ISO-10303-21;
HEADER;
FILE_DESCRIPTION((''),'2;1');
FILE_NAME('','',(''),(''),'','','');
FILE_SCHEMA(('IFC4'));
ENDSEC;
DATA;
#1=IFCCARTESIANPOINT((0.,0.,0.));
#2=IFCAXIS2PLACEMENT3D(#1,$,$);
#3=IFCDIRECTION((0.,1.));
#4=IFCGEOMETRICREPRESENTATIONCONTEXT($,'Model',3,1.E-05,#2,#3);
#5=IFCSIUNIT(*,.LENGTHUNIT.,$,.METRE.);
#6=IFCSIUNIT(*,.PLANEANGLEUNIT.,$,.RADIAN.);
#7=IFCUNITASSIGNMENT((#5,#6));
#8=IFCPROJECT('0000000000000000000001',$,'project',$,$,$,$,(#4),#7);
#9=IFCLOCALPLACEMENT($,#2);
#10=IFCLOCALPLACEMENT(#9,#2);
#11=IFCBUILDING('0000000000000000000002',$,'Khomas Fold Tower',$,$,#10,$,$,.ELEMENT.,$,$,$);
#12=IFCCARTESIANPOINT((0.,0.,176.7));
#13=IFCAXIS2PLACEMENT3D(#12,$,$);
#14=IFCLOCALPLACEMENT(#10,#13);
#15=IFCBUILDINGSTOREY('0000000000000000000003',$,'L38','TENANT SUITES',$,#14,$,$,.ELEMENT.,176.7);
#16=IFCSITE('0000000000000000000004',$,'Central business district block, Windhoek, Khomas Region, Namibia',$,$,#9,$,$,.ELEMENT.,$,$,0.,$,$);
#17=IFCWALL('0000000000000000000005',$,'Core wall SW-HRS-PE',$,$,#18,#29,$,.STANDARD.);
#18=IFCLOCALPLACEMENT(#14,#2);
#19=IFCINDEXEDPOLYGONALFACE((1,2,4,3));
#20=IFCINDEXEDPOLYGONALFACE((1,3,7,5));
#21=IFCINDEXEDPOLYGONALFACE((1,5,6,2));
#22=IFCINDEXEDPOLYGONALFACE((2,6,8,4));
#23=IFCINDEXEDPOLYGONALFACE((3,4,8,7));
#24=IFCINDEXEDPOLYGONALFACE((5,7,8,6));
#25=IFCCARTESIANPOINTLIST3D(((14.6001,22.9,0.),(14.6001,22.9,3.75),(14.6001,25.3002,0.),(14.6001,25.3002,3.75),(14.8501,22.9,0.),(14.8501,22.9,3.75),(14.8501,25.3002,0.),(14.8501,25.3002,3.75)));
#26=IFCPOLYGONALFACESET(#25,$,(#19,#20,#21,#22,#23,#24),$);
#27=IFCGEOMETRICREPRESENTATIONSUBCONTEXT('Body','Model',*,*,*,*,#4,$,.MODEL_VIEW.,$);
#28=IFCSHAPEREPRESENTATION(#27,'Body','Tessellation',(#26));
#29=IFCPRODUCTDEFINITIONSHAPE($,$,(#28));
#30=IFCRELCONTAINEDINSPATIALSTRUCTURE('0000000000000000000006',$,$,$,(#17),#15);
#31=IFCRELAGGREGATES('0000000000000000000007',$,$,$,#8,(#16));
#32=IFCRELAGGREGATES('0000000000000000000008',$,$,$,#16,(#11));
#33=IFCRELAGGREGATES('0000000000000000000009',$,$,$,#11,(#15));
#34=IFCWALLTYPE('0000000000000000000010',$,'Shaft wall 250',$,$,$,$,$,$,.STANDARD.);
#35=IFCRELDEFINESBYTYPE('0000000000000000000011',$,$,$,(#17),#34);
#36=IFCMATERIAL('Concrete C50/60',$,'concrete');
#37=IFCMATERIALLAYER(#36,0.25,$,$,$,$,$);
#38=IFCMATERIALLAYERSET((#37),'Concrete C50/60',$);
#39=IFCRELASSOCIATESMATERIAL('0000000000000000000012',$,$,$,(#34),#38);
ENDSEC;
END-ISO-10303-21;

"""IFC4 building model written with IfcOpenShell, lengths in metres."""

from ifc_helpers import new_model, si_unit, direction, frame, frame_2d, origin, place, context, subcontext, project, spatial, rectangle, extrude, source, transform, mapped, material, layer, layer_set, type_object, element, save


model = new_model("IFC4")

# Units and contexts
model_context = context("Model", 3, precision=1e-05, world=origin(), true_north=direction((0.0, 1.0)))
body_context = subcontext(model_context, "Body", "Model", "MODEL_VIEW")
ifc_project = project(units=[si_unit("LENGTHUNIT", "METRE"), si_unit("PLANEANGLEUNIT", "RADIAN")], contexts=[model_context])

# Site, building, storey
site_placement = place(None, origin())
site = spatial("IfcSite", under=ifc_project, at=site_placement, Name="Central business district block, Windhoek, Khomas Region, Namibia", CompositionType="ELEMENT", RefElevation=0.0)
building_placement = place(site_placement, origin())
building = spatial("IfcBuilding", under=site, at=building_placement, Name="Khomas Fold Tower", CompositionType="ELEMENT")
storey_placement = place(building_placement, frame((0.0, 0.0, 176.7)))
storey = spatial("IfcBuildingStorey", under=building, at=storey_placement, Name="L38", Description="TENANT SUITES", CompositionType="ELEMENT", Elevation=176.7)

# Wall
ifc_material_1 = material(Name="Concrete C50/60", Category="concrete")
ifc_layer_1 = layer(ifc_material_1, 0.25)
ifc_layer_set_1 = layer_set([ifc_layer_1], Name="Concrete C50/60")
wall_type_1 = type_object("IfcWallType", Name="Shaft wall 250", PredefinedType="STANDARD", material=ifc_layer_set_1)
shared_shape_1 = source(origin(), body_context, "Body", "SweptSolid", [
    extrude(rectangle(XDim=2.4001, YDim=0.25, at=frame_2d((1.2002, 0.0))), origin(), (0.0, 0.0, 1.0), 3.75),
])
for number, where, z_axis, x_axis, name in (
    (1, (14.7251, 22.8999, 0.0), (0.0, 0.0, 1.0), (0.0, 1.0, 0.0), "Core wall SW-HRS-PE"),
):
    element("IfcWall", number, at=place(storey_placement, frame(where, z_axis=z_axis, x_axis=x_axis)), inside=storey, type_object=wall_type_1, Name=name, PredefinedType="STANDARD", context=body_context, shape_type="MappedRepresentation", body=[
        mapped(shared_shape_1, transform((0.0, 0.0, 0.0))),
    ])

save(model, "model.ifc")
